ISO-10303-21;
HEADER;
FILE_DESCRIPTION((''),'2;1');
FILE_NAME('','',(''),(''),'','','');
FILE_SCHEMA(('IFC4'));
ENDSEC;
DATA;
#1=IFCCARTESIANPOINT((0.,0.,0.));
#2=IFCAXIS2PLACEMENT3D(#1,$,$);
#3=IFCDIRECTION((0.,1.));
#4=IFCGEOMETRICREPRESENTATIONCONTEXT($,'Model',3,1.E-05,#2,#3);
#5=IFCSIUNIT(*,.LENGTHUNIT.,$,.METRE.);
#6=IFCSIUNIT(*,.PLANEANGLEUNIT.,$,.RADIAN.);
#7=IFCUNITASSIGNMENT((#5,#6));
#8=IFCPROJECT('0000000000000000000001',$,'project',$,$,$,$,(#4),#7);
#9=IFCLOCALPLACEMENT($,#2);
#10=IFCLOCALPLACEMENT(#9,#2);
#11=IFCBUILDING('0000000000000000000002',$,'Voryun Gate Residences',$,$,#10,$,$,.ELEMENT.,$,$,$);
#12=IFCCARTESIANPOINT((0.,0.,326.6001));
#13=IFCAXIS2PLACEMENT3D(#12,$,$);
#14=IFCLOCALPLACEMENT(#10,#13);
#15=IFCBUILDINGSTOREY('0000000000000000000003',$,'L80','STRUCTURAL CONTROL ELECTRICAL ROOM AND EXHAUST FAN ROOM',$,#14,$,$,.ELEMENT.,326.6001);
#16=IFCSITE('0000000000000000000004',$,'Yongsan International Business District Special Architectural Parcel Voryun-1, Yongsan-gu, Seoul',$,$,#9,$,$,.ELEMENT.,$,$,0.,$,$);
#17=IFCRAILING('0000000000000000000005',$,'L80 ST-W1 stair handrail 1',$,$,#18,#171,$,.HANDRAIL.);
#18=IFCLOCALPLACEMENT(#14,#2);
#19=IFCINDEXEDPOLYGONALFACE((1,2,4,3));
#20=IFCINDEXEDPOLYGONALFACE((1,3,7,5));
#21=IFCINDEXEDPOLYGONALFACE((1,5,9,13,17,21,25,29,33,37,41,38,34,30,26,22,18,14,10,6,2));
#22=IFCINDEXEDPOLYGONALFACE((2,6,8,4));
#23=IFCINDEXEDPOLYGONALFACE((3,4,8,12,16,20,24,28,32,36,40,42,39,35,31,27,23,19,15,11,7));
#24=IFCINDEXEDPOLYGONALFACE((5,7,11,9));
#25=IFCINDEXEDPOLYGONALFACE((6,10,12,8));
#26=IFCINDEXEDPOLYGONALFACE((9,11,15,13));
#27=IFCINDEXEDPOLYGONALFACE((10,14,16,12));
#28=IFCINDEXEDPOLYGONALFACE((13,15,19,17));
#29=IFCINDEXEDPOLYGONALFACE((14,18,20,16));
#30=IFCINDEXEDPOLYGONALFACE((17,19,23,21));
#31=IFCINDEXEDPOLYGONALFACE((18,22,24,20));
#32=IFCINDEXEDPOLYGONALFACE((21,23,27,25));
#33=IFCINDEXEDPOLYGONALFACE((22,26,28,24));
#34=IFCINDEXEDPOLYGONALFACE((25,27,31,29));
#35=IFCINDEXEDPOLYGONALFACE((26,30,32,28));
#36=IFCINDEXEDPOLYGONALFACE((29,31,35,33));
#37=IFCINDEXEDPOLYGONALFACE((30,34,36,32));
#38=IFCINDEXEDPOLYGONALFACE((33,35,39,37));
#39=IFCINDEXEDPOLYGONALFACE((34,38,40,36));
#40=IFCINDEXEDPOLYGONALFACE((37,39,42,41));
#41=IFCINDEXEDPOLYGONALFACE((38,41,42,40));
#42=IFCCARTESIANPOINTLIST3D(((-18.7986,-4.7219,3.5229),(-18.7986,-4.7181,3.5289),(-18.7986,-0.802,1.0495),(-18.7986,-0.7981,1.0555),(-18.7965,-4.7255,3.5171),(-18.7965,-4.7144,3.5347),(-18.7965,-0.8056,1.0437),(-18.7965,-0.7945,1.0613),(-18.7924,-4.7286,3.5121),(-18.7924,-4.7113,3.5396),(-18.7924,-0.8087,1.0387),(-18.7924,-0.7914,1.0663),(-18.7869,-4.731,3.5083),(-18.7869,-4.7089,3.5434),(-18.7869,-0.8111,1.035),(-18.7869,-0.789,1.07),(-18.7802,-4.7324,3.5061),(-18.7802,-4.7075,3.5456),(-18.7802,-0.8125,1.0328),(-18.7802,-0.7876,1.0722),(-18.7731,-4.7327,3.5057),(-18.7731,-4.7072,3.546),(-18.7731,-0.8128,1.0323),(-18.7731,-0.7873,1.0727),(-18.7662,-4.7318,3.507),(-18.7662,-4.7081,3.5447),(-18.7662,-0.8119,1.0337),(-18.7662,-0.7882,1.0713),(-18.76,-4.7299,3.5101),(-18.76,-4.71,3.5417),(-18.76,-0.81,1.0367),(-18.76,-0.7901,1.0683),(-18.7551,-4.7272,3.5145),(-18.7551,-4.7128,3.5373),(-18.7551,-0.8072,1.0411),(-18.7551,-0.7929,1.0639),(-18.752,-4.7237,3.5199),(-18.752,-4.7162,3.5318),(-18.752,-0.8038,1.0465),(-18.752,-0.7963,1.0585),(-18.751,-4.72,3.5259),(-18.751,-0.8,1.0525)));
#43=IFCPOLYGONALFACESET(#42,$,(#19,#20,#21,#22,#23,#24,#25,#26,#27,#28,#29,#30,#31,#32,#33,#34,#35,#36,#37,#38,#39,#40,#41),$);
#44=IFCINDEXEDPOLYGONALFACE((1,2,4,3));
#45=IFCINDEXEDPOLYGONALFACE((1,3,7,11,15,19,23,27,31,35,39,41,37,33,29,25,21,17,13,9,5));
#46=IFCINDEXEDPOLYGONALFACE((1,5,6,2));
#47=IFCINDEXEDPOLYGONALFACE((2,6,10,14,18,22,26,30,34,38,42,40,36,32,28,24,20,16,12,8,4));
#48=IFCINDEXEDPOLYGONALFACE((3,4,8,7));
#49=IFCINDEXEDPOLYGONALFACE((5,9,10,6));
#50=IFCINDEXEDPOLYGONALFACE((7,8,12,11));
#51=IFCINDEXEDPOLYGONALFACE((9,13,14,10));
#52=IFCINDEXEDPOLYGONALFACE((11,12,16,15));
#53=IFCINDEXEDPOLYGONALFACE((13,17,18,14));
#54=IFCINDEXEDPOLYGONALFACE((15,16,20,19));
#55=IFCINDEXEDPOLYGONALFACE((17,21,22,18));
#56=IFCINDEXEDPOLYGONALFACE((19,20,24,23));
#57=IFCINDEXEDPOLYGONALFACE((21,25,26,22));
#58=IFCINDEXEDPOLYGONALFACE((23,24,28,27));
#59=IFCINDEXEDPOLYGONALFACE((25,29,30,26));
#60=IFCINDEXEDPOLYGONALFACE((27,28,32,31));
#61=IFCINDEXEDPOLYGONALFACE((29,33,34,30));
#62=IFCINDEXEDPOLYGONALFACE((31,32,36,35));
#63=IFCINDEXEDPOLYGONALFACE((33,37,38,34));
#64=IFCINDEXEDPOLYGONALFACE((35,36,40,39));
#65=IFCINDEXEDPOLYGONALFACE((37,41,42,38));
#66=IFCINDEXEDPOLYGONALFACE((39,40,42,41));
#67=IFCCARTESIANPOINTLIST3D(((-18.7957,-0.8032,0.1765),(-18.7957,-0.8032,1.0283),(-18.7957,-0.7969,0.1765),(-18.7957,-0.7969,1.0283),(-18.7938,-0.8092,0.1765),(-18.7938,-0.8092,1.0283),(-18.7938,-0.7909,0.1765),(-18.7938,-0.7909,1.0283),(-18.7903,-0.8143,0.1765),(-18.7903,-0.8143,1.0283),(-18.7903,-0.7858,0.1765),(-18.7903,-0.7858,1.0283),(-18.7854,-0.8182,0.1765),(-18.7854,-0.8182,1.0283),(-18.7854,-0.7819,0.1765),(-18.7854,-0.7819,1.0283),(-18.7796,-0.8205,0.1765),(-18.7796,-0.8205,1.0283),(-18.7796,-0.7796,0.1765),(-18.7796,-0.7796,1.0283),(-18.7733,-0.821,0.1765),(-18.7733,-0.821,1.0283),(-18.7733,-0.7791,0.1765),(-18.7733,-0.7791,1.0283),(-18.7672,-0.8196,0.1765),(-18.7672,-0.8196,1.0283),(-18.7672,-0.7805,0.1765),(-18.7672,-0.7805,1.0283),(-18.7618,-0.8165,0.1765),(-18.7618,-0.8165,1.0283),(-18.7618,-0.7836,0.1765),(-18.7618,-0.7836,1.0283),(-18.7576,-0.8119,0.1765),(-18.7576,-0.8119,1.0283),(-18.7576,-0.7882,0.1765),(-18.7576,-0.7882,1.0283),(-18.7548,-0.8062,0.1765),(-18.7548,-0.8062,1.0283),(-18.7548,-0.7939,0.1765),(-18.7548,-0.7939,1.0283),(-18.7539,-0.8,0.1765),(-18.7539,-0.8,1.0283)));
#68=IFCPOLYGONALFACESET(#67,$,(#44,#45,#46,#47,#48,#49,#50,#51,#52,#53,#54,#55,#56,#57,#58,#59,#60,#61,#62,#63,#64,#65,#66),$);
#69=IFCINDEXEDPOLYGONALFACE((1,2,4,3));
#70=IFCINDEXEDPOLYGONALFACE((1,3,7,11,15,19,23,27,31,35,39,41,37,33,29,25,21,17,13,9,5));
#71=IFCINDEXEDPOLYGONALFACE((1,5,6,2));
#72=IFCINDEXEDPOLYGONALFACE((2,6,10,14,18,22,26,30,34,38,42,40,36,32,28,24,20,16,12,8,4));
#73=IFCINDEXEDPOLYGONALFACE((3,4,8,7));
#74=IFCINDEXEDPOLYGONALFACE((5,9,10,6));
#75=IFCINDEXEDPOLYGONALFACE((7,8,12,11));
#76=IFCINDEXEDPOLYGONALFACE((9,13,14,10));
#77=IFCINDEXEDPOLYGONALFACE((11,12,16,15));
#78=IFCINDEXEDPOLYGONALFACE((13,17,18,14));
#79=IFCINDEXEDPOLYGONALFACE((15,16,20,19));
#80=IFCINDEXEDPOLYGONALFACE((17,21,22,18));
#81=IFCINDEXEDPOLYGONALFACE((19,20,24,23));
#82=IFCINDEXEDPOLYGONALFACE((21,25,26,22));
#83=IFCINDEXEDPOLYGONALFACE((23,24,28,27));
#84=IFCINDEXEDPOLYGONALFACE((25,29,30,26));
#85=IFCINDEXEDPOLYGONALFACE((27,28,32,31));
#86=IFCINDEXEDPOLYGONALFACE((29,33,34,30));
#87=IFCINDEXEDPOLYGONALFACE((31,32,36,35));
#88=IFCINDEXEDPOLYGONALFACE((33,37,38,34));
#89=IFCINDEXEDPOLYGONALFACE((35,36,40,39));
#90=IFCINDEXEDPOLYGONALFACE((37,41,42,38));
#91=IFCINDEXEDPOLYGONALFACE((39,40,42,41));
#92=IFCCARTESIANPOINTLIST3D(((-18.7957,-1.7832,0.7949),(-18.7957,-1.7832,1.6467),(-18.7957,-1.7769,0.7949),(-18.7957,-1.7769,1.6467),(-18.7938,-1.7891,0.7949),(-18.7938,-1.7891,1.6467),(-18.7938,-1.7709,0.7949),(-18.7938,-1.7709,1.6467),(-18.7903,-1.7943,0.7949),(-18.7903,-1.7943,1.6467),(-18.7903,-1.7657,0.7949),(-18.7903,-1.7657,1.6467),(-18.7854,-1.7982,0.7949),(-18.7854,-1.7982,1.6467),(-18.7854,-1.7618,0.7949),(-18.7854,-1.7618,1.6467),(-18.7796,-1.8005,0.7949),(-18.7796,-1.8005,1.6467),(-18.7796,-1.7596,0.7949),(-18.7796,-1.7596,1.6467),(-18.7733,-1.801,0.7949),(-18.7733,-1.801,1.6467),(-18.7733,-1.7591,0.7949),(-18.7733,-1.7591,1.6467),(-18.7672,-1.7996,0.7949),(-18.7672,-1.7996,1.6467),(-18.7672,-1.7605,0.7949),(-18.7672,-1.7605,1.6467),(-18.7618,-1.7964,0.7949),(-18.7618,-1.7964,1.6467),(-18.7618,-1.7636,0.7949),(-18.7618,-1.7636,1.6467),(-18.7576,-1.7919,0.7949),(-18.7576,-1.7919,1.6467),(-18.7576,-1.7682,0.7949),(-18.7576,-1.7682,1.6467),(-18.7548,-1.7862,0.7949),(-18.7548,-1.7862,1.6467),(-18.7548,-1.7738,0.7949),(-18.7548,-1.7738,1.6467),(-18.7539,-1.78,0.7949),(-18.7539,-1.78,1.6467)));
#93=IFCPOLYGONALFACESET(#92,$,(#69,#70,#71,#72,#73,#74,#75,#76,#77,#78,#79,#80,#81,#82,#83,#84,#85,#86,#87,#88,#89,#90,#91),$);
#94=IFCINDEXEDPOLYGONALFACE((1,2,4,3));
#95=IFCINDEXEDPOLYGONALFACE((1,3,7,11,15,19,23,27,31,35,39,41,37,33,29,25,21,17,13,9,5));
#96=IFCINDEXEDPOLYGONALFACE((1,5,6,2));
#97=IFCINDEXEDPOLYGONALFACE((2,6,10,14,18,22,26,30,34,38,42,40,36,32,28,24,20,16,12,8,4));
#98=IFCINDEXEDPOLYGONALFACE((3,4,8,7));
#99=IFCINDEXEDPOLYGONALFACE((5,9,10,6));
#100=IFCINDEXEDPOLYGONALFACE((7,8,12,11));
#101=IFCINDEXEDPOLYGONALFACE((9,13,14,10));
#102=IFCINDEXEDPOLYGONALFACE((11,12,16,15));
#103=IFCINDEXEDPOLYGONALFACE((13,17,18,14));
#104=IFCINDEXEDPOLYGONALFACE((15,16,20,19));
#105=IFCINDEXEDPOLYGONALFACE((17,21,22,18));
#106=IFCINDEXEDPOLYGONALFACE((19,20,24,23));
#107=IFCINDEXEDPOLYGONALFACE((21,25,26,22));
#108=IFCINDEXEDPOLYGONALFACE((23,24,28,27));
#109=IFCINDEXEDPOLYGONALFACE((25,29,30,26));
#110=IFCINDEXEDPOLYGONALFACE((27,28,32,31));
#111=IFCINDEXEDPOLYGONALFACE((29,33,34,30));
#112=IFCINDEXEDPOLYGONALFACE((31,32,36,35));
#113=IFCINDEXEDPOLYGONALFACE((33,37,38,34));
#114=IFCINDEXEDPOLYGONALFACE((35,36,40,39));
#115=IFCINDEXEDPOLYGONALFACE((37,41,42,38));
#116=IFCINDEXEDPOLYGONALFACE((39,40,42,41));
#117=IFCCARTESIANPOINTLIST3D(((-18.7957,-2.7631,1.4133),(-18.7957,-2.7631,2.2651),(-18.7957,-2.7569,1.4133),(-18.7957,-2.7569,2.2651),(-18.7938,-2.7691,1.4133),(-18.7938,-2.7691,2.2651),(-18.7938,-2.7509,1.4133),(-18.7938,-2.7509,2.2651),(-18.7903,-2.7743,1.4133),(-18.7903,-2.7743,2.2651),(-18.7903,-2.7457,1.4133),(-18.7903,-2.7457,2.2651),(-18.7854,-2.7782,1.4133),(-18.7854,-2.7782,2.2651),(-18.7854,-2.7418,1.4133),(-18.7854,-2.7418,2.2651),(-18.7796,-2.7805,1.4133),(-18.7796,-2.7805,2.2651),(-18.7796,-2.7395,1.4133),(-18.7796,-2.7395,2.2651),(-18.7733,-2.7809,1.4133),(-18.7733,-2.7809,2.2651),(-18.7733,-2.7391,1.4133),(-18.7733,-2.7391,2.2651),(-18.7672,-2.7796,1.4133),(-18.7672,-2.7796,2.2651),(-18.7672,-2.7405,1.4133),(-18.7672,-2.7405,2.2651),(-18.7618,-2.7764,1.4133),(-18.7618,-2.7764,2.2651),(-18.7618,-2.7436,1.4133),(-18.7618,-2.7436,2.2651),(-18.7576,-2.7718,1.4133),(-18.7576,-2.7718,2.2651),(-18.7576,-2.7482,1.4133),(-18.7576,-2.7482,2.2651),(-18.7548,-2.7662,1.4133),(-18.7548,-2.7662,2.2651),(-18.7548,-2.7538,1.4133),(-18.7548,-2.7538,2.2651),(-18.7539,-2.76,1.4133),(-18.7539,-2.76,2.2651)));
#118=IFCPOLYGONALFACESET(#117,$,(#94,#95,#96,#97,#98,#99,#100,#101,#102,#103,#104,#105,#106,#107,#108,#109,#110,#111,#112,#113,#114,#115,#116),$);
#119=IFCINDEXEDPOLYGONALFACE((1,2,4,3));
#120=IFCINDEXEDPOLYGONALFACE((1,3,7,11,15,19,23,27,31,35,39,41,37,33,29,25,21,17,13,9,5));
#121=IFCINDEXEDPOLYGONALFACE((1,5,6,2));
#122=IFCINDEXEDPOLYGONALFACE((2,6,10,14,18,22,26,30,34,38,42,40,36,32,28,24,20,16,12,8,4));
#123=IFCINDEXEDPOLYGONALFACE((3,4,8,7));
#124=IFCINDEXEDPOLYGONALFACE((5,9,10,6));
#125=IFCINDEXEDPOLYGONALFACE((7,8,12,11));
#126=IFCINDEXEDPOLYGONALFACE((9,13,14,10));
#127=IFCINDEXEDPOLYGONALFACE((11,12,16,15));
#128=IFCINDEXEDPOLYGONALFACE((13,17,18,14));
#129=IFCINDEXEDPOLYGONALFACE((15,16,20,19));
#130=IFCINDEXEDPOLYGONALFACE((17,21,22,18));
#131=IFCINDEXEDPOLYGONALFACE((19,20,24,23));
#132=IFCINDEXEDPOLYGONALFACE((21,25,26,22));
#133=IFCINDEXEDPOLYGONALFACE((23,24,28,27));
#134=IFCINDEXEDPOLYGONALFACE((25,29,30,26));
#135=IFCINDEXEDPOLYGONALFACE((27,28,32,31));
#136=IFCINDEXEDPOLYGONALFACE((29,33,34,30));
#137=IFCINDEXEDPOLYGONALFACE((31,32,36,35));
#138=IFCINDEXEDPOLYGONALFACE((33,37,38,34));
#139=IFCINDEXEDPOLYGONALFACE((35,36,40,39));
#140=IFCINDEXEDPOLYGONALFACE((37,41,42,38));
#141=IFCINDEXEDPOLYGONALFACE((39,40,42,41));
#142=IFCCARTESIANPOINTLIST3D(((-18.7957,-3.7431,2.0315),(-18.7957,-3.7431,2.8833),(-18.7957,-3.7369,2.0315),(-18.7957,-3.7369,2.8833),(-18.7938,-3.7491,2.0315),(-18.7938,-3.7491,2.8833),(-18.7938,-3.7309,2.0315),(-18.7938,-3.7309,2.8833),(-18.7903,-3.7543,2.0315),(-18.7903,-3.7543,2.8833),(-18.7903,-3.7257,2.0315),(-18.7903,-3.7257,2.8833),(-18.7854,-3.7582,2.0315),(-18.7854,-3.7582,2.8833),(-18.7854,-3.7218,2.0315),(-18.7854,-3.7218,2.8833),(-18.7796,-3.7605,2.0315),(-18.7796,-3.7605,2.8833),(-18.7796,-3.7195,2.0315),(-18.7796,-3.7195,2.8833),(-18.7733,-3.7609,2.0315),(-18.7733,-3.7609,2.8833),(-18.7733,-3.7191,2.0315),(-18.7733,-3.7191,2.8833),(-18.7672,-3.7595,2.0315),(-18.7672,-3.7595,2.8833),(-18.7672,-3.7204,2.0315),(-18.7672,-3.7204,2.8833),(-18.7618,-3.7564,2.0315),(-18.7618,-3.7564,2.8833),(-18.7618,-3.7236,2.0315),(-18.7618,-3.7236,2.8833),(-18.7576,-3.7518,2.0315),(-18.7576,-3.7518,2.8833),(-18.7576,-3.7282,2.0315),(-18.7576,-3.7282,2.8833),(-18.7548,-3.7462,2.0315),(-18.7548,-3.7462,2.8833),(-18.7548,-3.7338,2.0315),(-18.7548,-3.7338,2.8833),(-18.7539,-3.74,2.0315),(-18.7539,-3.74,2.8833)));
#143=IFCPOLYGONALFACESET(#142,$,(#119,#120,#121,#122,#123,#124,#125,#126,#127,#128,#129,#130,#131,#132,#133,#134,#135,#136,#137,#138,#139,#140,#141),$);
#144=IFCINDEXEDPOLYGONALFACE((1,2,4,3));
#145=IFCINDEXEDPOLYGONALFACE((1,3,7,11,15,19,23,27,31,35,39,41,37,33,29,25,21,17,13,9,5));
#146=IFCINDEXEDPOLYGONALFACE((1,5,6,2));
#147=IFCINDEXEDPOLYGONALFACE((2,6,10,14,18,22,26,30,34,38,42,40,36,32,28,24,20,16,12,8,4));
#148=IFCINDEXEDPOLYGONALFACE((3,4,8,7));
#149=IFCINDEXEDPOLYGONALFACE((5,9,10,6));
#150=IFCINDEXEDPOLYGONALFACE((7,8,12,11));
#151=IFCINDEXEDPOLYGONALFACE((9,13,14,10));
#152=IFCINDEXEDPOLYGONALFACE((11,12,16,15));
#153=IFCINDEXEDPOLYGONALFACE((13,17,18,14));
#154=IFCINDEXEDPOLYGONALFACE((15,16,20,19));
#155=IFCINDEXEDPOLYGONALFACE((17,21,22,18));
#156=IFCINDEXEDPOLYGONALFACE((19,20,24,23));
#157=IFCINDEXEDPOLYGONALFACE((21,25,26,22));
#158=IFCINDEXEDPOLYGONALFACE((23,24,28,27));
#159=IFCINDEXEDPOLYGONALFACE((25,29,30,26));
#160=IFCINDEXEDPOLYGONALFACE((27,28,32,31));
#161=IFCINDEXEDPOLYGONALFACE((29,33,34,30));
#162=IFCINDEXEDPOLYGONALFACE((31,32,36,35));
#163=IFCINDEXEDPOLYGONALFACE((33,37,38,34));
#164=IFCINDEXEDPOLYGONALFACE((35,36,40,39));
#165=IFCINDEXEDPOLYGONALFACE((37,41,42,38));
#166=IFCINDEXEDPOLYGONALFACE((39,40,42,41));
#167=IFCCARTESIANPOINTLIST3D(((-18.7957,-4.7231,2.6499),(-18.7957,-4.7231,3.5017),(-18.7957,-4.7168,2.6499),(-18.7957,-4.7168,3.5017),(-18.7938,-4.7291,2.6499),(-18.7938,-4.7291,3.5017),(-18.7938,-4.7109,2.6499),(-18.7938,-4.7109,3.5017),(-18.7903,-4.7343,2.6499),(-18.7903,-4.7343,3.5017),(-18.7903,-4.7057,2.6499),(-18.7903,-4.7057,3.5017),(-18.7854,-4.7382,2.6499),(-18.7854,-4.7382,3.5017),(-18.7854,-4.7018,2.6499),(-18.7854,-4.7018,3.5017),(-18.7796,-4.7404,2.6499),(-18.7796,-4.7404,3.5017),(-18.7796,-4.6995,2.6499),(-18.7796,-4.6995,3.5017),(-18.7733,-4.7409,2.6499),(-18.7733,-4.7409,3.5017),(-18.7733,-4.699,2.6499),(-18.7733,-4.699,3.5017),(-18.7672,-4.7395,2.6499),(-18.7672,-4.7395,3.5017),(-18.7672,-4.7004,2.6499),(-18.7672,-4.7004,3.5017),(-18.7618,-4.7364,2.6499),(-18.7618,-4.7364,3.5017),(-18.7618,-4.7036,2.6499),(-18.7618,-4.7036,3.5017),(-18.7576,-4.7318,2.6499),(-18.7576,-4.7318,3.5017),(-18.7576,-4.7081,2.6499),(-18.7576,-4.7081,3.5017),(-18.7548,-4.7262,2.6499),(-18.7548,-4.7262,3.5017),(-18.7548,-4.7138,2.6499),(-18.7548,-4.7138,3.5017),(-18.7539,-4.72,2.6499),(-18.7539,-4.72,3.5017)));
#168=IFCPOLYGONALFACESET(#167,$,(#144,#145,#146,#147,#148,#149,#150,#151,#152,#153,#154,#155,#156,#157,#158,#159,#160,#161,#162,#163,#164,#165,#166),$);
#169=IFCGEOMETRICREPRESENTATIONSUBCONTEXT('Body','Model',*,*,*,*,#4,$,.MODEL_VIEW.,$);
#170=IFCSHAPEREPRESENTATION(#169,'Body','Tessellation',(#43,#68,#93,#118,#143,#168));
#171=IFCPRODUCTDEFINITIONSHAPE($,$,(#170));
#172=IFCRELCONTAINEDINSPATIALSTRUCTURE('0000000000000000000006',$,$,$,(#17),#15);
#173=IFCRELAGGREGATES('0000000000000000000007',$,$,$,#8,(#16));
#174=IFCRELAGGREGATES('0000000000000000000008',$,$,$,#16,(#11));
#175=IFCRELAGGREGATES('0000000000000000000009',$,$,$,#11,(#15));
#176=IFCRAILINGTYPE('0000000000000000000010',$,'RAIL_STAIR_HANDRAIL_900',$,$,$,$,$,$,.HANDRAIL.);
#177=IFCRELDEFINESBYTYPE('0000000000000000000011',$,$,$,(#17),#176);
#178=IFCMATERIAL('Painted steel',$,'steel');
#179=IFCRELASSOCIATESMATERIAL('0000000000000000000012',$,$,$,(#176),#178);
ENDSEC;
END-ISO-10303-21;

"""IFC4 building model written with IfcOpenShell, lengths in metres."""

from ifc_helpers import new_model, si_unit, direction, frame, origin, origin_2d, place, context, subcontext, project, spatial, circle, extrude, material, type_object, element, save


model = new_model("IFC4")

# Units and contexts
model_context = context("Model", 3, precision=1e-05, world=origin(), true_north=direction((0.0, 1.0)))
body_context = subcontext(model_context, "Body", "Model", "MODEL_VIEW")
ifc_project = project(units=[si_unit("LENGTHUNIT", "METRE"), si_unit("PLANEANGLEUNIT", "RADIAN")], contexts=[model_context])

# Site, building, storey
site_placement = place(None, origin())
site = spatial("IfcSite", under=ifc_project, at=site_placement, Name="Yongsan International Business District Special Architectural Parcel Voryun-1, Yongsan-gu, Seoul", CompositionType="ELEMENT", RefElevation=0.0)
building_placement = place(site_placement, origin())
building = spatial("IfcBuilding", under=site, at=building_placement, Name="Voryun Gate Residences", CompositionType="ELEMENT")
storey_placement = place(building_placement, frame((0.0, 0.0, 326.6001)))
storey = spatial("IfcBuildingStorey", under=building, at=storey_placement, Name="L80", Description="STRUCTURAL CONTROL ELECTRICAL ROOM AND EXHAUST FAN ROOM", CompositionType="ELEMENT", Elevation=326.6001)

# Railing
ifc_material_1 = material(Name="Painted steel", Category="steel")
railing_type_1 = type_object("IfcRailingType", Name="RAIL_STAIR_HANDRAIL_900", PredefinedType="HANDRAIL", material=ifc_material_1)
railing_1_placement = place(storey_placement, frame((-18.7749, -0.8, 0.1765)))
element("IfcRailing", 1, at=railing_1_placement, inside=storey, type_object=railing_type_1, Name="L80 ST-W1 stair handrail 1", PredefinedType="HANDRAIL", context=body_context, shape_type="SweptSolid", body=[
    extrude(circle(Radius=0.0239, at=origin_2d()), frame((0.0, 0.0, 0.876), z_axis=(0.0, -0.845718, 0.53363), x_axis=(1.0, 0.0, 0.0)), (0.0, 0.0, 1.0), 4.635),
    extrude(circle(Radius=0.021, at=origin_2d()), origin(), (0.0, 0.0, 1.0), 0.8518),
    extrude(circle(Radius=0.021, at=origin_2d()), frame((0.0, -0.98, 0.6184)), (0.0, 0.0, 1.0), 0.8518),
    extrude(circle(Radius=0.021, at=origin_2d()), frame((0.0, -1.96, 1.2368)), (0.0, 0.0, 1.0), 0.8518),
    extrude(circle(Radius=0.021, at=origin_2d()), frame((0.0, -2.9399, 1.855)), (0.0, 0.0, 1.0), 0.8518),
    extrude(circle(Radius=0.021, at=origin_2d()), frame((0.0, -3.9199, 2.4734)), (0.0, 0.0, 1.0), 0.8518),
])

save(model, "model.ifc")
